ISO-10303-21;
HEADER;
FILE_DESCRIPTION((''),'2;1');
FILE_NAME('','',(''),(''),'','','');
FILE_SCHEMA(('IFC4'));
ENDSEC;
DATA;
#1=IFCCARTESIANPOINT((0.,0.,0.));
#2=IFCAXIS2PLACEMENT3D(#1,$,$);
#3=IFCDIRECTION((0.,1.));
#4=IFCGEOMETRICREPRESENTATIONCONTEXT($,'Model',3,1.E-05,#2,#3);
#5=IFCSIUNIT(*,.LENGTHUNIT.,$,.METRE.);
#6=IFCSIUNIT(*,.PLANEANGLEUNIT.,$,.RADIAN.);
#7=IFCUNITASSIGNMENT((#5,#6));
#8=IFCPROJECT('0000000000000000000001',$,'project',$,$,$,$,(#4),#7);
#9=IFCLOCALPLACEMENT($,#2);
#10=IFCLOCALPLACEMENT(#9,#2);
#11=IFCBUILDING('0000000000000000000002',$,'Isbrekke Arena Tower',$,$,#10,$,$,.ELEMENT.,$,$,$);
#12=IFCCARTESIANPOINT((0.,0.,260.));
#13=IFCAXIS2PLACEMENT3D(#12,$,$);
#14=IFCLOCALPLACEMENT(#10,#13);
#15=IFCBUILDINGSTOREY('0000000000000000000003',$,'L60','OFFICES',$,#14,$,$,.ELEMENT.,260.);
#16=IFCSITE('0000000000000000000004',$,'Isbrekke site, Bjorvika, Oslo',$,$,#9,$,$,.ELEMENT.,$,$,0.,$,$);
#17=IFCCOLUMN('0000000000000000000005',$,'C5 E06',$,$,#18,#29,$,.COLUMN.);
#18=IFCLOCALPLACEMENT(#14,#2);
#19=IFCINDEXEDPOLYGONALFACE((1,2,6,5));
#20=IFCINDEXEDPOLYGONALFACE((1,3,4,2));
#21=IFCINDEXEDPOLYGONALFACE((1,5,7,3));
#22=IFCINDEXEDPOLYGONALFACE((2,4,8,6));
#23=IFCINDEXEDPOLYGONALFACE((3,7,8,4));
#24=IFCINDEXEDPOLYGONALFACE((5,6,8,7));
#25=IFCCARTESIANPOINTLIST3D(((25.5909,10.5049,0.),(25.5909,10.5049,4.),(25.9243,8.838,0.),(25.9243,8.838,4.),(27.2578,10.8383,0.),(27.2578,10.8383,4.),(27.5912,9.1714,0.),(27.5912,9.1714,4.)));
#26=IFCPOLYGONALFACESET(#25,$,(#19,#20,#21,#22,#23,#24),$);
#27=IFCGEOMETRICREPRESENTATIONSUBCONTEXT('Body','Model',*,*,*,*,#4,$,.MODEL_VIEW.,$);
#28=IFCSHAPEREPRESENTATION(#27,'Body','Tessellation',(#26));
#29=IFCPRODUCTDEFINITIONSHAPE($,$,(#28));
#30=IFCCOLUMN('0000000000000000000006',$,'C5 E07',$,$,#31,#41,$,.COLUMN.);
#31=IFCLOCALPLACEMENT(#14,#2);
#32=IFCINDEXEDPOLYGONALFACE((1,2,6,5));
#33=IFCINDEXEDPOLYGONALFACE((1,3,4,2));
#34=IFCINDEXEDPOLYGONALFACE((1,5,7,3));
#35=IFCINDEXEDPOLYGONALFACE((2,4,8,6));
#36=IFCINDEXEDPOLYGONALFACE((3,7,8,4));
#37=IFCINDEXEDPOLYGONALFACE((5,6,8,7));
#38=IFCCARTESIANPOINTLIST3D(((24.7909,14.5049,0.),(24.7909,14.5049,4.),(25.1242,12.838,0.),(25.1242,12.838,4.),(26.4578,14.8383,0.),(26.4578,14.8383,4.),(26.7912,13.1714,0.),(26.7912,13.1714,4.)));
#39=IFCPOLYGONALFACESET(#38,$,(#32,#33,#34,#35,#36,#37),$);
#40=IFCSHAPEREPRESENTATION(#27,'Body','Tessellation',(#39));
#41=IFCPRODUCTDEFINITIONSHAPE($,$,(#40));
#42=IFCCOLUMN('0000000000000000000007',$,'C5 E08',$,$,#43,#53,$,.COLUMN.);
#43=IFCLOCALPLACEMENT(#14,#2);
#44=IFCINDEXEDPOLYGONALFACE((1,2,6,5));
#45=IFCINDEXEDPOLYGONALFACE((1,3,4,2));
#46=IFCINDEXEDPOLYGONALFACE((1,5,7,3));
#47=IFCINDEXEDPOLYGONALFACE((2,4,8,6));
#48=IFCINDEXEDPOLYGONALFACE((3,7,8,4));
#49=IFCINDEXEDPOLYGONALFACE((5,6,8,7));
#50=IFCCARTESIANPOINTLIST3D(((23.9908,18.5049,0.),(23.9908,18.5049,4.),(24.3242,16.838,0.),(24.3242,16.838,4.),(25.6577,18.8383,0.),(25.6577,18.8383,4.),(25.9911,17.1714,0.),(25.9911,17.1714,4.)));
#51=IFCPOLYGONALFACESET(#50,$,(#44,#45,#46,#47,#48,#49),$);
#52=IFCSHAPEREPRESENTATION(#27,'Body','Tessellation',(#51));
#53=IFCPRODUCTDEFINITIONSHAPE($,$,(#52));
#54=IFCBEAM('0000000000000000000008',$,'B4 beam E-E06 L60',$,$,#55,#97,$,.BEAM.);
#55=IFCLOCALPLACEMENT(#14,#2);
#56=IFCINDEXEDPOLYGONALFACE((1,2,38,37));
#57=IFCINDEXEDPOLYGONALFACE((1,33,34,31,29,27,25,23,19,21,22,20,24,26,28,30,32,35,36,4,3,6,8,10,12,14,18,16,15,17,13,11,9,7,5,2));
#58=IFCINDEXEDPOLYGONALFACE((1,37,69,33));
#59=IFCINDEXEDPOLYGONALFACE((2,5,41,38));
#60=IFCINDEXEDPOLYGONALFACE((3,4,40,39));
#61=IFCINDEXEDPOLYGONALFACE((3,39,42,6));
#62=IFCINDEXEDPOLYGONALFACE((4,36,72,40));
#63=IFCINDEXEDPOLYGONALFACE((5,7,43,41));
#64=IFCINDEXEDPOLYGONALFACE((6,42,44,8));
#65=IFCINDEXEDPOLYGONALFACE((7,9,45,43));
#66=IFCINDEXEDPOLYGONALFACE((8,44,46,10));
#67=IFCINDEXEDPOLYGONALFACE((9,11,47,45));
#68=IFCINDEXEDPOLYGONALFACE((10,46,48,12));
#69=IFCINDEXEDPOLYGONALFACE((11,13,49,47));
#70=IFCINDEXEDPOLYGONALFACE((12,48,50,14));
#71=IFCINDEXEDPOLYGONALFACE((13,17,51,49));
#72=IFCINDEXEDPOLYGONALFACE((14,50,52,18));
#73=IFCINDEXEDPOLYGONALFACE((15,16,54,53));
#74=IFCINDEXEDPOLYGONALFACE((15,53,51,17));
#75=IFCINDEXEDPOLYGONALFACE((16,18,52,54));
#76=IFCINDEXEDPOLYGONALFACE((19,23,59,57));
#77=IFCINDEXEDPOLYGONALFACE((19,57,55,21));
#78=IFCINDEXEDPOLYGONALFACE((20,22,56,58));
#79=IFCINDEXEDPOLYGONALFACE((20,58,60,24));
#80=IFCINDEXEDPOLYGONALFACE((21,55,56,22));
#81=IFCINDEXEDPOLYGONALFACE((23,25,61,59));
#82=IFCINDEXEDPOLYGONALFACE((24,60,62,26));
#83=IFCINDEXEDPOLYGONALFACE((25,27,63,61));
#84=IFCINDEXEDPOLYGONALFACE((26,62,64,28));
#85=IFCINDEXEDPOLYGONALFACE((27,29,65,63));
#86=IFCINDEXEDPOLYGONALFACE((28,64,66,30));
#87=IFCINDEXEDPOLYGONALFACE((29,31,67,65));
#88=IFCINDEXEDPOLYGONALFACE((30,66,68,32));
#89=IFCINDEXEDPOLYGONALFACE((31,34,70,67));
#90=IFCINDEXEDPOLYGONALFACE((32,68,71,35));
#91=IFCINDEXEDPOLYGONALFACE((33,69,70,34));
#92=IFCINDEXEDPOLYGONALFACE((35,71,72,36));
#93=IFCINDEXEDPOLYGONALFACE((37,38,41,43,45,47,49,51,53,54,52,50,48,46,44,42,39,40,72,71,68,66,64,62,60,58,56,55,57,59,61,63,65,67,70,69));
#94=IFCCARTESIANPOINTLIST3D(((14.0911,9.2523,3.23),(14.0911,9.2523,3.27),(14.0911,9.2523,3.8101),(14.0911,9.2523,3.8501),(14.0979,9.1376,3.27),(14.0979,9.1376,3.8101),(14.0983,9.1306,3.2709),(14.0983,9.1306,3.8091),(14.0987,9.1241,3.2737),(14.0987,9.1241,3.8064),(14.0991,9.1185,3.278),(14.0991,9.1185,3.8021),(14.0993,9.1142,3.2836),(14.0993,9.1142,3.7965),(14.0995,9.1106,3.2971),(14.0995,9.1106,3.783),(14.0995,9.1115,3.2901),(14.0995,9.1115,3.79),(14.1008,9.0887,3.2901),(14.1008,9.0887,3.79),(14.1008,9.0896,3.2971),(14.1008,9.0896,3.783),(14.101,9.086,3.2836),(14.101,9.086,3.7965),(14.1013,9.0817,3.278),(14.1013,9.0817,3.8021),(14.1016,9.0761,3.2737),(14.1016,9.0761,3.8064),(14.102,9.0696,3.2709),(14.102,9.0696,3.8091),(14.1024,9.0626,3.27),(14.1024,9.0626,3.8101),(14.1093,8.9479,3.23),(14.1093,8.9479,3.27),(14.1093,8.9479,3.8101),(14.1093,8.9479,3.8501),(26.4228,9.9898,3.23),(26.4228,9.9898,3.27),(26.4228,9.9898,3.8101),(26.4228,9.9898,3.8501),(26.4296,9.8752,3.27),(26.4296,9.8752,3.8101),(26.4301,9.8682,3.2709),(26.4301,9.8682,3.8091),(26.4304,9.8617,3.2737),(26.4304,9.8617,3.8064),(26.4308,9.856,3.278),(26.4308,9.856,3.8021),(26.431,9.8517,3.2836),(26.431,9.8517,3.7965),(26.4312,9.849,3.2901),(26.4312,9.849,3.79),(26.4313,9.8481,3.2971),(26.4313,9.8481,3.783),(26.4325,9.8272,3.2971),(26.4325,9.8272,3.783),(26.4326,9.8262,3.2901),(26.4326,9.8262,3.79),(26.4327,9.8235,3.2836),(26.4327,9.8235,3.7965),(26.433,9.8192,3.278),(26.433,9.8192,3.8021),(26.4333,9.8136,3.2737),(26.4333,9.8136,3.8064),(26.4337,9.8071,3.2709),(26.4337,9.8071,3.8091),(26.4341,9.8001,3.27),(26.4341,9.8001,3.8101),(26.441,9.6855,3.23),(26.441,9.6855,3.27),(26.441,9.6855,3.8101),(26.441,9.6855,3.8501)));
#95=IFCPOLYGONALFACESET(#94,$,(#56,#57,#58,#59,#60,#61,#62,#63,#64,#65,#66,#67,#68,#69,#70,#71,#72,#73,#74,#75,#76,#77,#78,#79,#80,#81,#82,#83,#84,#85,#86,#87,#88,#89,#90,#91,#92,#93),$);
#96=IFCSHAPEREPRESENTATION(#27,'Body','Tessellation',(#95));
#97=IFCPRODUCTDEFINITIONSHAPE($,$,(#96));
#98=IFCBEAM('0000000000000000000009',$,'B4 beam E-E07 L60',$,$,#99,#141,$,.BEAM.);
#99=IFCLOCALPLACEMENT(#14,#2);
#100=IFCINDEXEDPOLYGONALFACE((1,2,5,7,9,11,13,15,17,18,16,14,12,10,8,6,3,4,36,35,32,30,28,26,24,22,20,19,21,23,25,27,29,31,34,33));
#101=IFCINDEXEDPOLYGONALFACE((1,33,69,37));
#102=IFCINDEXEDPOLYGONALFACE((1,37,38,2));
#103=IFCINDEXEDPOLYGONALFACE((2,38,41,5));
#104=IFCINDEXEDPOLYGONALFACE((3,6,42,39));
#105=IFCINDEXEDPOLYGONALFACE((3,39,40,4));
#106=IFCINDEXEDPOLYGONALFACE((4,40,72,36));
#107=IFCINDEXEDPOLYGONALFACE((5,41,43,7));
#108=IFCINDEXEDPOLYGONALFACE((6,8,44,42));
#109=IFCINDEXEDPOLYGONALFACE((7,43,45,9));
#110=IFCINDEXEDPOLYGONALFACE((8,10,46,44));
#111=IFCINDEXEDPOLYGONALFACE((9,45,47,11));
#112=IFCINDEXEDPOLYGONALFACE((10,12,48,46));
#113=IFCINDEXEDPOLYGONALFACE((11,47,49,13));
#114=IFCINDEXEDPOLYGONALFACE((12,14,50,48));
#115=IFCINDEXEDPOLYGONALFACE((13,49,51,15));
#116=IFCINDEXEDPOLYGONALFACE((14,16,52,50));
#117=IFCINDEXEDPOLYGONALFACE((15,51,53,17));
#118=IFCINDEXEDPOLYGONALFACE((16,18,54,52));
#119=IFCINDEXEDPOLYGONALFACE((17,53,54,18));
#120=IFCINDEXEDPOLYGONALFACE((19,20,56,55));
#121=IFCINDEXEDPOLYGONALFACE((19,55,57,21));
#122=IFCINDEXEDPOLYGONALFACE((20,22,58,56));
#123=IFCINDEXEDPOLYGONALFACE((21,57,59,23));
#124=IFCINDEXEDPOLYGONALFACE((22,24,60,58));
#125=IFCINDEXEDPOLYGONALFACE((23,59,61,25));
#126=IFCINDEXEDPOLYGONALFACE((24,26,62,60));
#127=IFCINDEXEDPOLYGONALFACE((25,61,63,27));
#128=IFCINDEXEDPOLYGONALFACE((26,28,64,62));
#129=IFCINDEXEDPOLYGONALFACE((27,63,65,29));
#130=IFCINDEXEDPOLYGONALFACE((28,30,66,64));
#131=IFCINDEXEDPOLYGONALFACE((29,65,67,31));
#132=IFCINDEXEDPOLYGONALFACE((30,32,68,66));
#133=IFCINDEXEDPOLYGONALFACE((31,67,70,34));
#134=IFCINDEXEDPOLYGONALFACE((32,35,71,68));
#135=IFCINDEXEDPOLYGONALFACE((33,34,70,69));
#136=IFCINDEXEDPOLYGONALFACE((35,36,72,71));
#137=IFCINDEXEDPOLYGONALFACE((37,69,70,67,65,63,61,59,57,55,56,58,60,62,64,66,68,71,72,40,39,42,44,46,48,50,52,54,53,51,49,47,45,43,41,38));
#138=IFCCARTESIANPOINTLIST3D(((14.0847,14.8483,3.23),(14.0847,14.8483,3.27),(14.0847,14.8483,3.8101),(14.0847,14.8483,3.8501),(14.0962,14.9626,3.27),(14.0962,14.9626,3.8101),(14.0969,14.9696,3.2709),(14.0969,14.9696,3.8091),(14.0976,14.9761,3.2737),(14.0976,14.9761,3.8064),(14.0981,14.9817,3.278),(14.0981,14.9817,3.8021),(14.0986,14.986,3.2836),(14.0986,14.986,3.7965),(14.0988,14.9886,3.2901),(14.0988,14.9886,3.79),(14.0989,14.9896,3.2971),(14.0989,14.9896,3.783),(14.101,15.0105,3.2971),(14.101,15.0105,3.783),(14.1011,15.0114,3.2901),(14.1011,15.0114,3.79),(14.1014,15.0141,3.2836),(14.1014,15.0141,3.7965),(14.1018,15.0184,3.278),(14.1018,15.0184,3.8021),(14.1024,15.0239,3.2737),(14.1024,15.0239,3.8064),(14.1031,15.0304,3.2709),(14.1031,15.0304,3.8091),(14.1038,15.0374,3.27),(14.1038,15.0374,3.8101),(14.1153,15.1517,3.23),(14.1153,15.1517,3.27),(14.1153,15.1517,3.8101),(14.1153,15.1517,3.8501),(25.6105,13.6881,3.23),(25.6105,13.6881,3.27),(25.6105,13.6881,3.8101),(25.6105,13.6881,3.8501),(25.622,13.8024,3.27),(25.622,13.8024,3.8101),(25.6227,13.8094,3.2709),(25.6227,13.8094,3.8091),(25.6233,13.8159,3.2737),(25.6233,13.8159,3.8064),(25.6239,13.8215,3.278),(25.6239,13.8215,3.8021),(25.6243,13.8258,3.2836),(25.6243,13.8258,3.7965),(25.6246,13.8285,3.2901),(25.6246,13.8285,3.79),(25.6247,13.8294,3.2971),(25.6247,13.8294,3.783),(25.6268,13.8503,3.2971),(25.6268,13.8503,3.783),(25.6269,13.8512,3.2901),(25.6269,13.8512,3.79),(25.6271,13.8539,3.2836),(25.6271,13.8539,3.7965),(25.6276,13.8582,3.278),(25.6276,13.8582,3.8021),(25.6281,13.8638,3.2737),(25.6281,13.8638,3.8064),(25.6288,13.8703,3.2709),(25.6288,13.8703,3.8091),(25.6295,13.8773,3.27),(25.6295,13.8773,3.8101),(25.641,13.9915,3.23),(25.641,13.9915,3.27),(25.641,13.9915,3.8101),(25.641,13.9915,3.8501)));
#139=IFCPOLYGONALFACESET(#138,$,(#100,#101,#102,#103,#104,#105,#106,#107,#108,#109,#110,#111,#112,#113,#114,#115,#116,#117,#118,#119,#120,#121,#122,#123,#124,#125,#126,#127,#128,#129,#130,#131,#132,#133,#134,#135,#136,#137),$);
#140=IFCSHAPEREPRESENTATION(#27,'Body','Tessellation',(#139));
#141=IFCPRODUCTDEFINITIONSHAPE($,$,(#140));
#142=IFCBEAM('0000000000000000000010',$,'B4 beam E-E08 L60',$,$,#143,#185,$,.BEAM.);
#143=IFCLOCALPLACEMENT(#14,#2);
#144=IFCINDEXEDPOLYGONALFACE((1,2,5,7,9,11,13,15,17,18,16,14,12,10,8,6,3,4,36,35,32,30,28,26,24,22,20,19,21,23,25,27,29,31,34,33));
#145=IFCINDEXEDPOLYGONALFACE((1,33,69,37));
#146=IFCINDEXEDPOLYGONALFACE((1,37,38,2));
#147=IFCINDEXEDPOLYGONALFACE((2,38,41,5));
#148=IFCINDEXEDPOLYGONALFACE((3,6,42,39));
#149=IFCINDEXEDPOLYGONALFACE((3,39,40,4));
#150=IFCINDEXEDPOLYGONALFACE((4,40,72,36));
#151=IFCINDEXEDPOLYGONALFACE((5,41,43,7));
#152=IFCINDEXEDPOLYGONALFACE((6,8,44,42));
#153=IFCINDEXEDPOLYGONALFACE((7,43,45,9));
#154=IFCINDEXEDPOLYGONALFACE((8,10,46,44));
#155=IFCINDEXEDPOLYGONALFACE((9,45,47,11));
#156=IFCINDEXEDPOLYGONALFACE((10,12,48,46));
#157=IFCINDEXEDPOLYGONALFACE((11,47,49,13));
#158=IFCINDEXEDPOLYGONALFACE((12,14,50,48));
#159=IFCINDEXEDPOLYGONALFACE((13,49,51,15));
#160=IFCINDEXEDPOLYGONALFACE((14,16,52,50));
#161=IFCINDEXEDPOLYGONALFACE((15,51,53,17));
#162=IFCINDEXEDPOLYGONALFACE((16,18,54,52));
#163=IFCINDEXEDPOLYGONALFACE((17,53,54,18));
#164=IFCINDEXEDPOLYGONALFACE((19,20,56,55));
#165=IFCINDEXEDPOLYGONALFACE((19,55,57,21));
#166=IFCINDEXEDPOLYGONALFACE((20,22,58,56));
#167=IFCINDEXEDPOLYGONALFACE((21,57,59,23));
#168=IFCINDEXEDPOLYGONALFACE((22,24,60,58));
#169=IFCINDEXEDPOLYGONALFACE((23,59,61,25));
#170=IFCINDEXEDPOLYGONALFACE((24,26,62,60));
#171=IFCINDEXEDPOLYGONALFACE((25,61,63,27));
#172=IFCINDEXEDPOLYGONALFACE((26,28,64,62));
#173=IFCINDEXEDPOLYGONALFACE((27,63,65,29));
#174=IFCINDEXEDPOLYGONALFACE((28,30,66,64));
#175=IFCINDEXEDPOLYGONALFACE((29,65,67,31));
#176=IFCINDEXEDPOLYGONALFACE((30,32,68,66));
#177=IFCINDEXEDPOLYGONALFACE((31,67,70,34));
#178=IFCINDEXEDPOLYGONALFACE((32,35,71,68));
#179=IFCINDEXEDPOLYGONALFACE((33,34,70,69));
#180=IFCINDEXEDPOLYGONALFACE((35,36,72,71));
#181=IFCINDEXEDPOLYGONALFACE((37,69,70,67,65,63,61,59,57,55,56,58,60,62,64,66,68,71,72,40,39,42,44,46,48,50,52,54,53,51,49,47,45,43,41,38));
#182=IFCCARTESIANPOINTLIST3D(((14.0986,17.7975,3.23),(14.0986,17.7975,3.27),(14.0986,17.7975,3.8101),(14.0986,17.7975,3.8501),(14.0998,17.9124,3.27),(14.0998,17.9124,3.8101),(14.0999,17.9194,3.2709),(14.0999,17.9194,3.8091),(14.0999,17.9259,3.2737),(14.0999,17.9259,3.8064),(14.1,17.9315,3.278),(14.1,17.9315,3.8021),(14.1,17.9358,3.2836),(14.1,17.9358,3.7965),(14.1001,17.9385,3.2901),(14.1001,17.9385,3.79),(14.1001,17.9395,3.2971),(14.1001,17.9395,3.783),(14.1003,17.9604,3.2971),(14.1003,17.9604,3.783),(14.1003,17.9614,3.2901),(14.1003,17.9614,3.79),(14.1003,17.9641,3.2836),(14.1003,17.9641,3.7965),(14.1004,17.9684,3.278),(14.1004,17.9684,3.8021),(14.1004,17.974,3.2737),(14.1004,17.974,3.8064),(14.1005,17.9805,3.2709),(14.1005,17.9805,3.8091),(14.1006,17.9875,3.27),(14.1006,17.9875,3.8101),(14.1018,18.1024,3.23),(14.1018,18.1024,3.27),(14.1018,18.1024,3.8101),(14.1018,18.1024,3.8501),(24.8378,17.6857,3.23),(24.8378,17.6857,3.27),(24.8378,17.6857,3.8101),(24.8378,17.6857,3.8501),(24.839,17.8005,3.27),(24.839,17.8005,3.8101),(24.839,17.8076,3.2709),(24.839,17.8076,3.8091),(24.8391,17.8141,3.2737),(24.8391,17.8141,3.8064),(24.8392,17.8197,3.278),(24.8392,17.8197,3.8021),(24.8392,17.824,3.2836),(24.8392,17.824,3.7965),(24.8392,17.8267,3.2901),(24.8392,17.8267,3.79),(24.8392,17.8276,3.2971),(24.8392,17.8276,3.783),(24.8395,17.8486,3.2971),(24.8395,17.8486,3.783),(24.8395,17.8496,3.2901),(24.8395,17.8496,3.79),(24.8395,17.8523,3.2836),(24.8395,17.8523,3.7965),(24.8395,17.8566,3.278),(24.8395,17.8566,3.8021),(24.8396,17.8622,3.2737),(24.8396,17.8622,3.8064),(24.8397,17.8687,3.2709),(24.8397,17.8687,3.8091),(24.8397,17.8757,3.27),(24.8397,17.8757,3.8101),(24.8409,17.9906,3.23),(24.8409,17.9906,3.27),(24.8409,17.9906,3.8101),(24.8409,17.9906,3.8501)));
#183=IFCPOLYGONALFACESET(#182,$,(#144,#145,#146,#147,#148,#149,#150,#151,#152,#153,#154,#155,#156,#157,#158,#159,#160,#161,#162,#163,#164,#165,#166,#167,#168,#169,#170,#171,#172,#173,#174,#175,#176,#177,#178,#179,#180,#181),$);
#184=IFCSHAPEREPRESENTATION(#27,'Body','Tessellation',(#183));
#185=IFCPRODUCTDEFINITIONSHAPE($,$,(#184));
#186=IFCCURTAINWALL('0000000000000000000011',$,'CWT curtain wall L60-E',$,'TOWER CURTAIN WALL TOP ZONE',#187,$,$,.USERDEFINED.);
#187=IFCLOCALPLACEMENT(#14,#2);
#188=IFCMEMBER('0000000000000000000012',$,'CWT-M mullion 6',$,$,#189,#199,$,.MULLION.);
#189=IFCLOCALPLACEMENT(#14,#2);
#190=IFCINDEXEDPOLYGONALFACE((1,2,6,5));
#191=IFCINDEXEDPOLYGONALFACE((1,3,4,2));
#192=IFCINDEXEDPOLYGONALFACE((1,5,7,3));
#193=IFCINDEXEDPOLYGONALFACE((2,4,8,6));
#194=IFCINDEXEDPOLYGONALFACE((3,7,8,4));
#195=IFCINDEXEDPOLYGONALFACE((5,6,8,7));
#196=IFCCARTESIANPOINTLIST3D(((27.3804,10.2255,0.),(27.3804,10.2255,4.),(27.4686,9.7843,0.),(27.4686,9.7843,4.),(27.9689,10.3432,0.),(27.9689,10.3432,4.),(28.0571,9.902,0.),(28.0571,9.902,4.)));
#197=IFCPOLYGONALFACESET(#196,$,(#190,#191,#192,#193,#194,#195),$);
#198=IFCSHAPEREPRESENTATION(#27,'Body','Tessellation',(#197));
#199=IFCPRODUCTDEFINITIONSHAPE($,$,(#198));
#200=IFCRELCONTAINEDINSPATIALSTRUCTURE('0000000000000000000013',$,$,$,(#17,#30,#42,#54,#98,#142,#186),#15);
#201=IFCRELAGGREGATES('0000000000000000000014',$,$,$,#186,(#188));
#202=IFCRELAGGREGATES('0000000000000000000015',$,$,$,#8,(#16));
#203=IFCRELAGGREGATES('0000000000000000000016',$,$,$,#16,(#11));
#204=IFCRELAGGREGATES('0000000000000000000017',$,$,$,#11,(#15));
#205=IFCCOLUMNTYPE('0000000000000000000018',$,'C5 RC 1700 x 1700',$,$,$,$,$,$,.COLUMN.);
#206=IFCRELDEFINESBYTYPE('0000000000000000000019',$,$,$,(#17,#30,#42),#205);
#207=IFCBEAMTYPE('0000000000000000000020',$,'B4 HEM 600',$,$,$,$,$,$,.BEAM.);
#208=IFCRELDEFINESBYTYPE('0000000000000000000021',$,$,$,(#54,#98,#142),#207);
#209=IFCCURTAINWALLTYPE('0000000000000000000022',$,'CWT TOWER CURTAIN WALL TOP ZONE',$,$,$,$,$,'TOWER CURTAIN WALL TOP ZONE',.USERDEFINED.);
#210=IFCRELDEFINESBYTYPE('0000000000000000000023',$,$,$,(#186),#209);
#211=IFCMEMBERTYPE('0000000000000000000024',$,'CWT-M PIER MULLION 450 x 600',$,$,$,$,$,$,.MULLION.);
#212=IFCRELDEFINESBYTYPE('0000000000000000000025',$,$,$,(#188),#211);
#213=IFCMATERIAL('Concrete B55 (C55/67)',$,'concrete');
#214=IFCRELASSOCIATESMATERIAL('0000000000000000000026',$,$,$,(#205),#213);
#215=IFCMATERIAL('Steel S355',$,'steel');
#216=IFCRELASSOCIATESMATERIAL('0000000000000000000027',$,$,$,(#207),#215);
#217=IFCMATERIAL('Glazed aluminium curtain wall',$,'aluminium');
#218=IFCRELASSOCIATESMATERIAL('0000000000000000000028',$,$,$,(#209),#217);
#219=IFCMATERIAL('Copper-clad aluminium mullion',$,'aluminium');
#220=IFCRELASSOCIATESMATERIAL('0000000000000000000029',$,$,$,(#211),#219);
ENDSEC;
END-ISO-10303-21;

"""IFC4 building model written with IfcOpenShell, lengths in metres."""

from ifc_helpers import new_model, si_unit, direction, frame, origin, origin_2d, place, context, subcontext, project, spatial, rectangle, i_section, extrude, material, material_profile, profile_set, type_object, element, aggregate, save


model = new_model("IFC4")

# Units and contexts
model_context = context("Model", 3, precision=1e-05, world=origin(), true_north=direction((0.0, 1.0)))
body_context = subcontext(model_context, "Body", "Model", "MODEL_VIEW")
ifc_project = project(units=[si_unit("LENGTHUNIT", "METRE"), si_unit("PLANEANGLEUNIT", "RADIAN")], contexts=[model_context])

# Site, building, storey
site_placement = place(None, origin())
site = spatial("IfcSite", under=ifc_project, at=site_placement, Name="Isbrekke site, Bjorvika, Oslo", CompositionType="ELEMENT", RefElevation=0.0)
building_placement = place(site_placement, origin())
building = spatial("IfcBuilding", under=site, at=building_placement, Name="Isbrekke Arena Tower", CompositionType="ELEMENT")
storey_placement = place(building_placement, frame((0.0, 0.0, 260.0)))
storey = spatial("IfcBuildingStorey", under=building, at=storey_placement, Name="L60", Description="OFFICES", CompositionType="ELEMENT", Elevation=260.0)

# Columns
ifc_material_1 = material(Name="Concrete B55 (C55/67)", Category="concrete")
ifc_material_profile_1 = material_profile(ifc_material_1, rectangle(XDim=1.7, YDim=1.7, at=origin_2d()), Name="RC 1700x1700")
ifc_profile_set_1 = profile_set([ifc_material_profile_1], Name="Concrete B55 (C55/67)")
column_type = type_object("IfcColumnType", Name="C5 RC 1700 x 1700", PredefinedType="COLUMN", material=ifc_profile_set_1)
for number, where, z_axis, x_axis, name in (
    (1, (26.5911, 9.8381, 0.0), (0.0, 0.0, 1.0), (-0.196116, 0.980581, 0.0), "C5 E06"),
    (2, (25.791, 13.8381, 0.0), (0.0, 0.0, 1.0), (-0.196116, 0.980581, 0.0), "C5 E07"),
    (3, (24.991, 17.8381, 0.0), (0.0, 0.0, 1.0), (-0.196116, 0.980581, 0.0), "C5 E08"),
):
    element("IfcColumn", number, at=place(storey_placement, frame(where, z_axis=z_axis, x_axis=x_axis)), inside=storey, type_object=column_type, Name=name, PredefinedType="COLUMN", context=body_context, shape_type="SweptSolid", body=[
        extrude(rectangle(XDim=1.7, YDim=1.7, at=origin_2d()), origin(), (0.0, 0.0, 1.0), 4.0),
    ])

# Beams
ifc_material_2 = material(Name="Steel S355", Category="steel")
ifc_material_profile_2 = material_profile(ifc_material_2, i_section(OverallWidth=0.3049, OverallDepth=0.6201, WebThickness=0.021, FlangeThickness=0.04, FilletRadius=0.0271, at=origin_2d()), Name="HEM 600")
ifc_profile_set_2 = profile_set([ifc_material_profile_2], Name="Steel S355")
beam_type_1 = type_object("IfcBeamType", Name="B4 HEM 600", PredefinedType="BEAM", material=ifc_profile_set_2)
beam_1_placement = place(storey_placement, frame((26.4319, 9.8376, 3.54), z_axis=(-0.998216, -0.059702, 0.0), x_axis=(0.059702, -0.998216, 0.0)))
element("IfcBeam", 4, at=beam_1_placement, inside=storey, type_object=beam_type_1, Name="B4 beam E-E06 L60", PredefinedType="BEAM", context=body_context, shape_type="SweptSolid", body=[
    extrude(i_section(OverallWidth=0.3049, OverallDepth=0.6201, WebThickness=0.021, FlangeThickness=0.04, FilletRadius=0.0271, at=origin_2d()), origin(), (0.0, 0.0, 1.0), 12.3538),
])
beam_2_placement = place(storey_placement, frame((25.6257, 13.8398, 3.54), z_axis=(-0.994972, 0.100153, 0.0), x_axis=(-0.100153, -0.994972, 0.0)))
element("IfcBeam", 5, at=beam_2_placement, inside=storey, type_object=beam_type_1, Name="B4 beam E-E07 L60", PredefinedType="BEAM", context=body_context, shape_type="SweptSolid", body=[
    extrude(i_section(OverallWidth=0.3049, OverallDepth=0.6201, WebThickness=0.021, FlangeThickness=0.04, FilletRadius=0.0271, at=origin_2d()), origin(), (0.0, 0.0, 1.0), 11.584),
])
beam_3_placement = place(storey_placement, frame((24.8394, 17.8381, 3.54), z_axis=(-0.999946, 0.010411, 0.0), x_axis=(-0.010411, -0.999946, 0.0)))
element("IfcBeam", 6, at=beam_3_placement, inside=storey, type_object=beam_type_1, Name="B4 beam E-E08 L60", PredefinedType="BEAM", context=body_context, shape_type="SweptSolid", body=[
    extrude(i_section(OverallWidth=0.3049, OverallDepth=0.6201, WebThickness=0.021, FlangeThickness=0.04, FilletRadius=0.0271, at=origin_2d()), origin(), (0.0, 0.0, 1.0), 10.7397),
])

# Curtain wall, member
ifc_material_3 = material(Name="Glazed aluminium curtain wall", Category="aluminium")
curtain_wall_type = type_object("IfcCurtainWallType", Name="CWT TOWER CURTAIN WALL TOP ZONE", ElementType="TOWER CURTAIN WALL TOP ZONE", PredefinedType="USERDEFINED", material=ifc_material_3)
curtain_wall_placement = place(storey_placement, origin())
curtain_wall = element("IfcCurtainWall", 7, at=curtain_wall_placement, inside=storey, type_object=curtain_wall_type, Name="CWT curtain wall L60-E", ObjectType="TOWER CURTAIN WALL TOP ZONE", PredefinedType="USERDEFINED")
ifc_material_4 = material(Name="Copper-clad aluminium mullion", Category="aluminium")
ifc_material_profile_3 = material_profile(ifc_material_4, rectangle(XDim=0.45, YDim=0.6001, at=origin_2d()), Name="PIER 450X600")
ifc_profile_set_3 = profile_set([ifc_material_profile_3], Name="Copper-clad aluminium mullion")
member_type_1 = type_object("IfcMemberType", Name="CWT-M PIER MULLION 450 x 600", PredefinedType="MULLION", material=ifc_profile_set_3)
member_1_placement = place(storey_placement, frame((27.7188, 10.0637, 0.0), z_axis=(0.0, 0.0, 1.0), x_axis=(-0.196116, 0.980581, 0.0)))
member_1 = element("IfcMember", 8, at=member_1_placement, type_object=member_type_1, Name="CWT-M mullion 6", PredefinedType="MULLION", context=body_context, shape_type="SweptSolid", body=[
    extrude(rectangle(XDim=0.45, YDim=0.6001, at=origin_2d()), origin(), (0.0, 0.0, 1.0), 4.0),
])

aggregate(curtain_wall, [member_1])

save(model, "model.ifc")
